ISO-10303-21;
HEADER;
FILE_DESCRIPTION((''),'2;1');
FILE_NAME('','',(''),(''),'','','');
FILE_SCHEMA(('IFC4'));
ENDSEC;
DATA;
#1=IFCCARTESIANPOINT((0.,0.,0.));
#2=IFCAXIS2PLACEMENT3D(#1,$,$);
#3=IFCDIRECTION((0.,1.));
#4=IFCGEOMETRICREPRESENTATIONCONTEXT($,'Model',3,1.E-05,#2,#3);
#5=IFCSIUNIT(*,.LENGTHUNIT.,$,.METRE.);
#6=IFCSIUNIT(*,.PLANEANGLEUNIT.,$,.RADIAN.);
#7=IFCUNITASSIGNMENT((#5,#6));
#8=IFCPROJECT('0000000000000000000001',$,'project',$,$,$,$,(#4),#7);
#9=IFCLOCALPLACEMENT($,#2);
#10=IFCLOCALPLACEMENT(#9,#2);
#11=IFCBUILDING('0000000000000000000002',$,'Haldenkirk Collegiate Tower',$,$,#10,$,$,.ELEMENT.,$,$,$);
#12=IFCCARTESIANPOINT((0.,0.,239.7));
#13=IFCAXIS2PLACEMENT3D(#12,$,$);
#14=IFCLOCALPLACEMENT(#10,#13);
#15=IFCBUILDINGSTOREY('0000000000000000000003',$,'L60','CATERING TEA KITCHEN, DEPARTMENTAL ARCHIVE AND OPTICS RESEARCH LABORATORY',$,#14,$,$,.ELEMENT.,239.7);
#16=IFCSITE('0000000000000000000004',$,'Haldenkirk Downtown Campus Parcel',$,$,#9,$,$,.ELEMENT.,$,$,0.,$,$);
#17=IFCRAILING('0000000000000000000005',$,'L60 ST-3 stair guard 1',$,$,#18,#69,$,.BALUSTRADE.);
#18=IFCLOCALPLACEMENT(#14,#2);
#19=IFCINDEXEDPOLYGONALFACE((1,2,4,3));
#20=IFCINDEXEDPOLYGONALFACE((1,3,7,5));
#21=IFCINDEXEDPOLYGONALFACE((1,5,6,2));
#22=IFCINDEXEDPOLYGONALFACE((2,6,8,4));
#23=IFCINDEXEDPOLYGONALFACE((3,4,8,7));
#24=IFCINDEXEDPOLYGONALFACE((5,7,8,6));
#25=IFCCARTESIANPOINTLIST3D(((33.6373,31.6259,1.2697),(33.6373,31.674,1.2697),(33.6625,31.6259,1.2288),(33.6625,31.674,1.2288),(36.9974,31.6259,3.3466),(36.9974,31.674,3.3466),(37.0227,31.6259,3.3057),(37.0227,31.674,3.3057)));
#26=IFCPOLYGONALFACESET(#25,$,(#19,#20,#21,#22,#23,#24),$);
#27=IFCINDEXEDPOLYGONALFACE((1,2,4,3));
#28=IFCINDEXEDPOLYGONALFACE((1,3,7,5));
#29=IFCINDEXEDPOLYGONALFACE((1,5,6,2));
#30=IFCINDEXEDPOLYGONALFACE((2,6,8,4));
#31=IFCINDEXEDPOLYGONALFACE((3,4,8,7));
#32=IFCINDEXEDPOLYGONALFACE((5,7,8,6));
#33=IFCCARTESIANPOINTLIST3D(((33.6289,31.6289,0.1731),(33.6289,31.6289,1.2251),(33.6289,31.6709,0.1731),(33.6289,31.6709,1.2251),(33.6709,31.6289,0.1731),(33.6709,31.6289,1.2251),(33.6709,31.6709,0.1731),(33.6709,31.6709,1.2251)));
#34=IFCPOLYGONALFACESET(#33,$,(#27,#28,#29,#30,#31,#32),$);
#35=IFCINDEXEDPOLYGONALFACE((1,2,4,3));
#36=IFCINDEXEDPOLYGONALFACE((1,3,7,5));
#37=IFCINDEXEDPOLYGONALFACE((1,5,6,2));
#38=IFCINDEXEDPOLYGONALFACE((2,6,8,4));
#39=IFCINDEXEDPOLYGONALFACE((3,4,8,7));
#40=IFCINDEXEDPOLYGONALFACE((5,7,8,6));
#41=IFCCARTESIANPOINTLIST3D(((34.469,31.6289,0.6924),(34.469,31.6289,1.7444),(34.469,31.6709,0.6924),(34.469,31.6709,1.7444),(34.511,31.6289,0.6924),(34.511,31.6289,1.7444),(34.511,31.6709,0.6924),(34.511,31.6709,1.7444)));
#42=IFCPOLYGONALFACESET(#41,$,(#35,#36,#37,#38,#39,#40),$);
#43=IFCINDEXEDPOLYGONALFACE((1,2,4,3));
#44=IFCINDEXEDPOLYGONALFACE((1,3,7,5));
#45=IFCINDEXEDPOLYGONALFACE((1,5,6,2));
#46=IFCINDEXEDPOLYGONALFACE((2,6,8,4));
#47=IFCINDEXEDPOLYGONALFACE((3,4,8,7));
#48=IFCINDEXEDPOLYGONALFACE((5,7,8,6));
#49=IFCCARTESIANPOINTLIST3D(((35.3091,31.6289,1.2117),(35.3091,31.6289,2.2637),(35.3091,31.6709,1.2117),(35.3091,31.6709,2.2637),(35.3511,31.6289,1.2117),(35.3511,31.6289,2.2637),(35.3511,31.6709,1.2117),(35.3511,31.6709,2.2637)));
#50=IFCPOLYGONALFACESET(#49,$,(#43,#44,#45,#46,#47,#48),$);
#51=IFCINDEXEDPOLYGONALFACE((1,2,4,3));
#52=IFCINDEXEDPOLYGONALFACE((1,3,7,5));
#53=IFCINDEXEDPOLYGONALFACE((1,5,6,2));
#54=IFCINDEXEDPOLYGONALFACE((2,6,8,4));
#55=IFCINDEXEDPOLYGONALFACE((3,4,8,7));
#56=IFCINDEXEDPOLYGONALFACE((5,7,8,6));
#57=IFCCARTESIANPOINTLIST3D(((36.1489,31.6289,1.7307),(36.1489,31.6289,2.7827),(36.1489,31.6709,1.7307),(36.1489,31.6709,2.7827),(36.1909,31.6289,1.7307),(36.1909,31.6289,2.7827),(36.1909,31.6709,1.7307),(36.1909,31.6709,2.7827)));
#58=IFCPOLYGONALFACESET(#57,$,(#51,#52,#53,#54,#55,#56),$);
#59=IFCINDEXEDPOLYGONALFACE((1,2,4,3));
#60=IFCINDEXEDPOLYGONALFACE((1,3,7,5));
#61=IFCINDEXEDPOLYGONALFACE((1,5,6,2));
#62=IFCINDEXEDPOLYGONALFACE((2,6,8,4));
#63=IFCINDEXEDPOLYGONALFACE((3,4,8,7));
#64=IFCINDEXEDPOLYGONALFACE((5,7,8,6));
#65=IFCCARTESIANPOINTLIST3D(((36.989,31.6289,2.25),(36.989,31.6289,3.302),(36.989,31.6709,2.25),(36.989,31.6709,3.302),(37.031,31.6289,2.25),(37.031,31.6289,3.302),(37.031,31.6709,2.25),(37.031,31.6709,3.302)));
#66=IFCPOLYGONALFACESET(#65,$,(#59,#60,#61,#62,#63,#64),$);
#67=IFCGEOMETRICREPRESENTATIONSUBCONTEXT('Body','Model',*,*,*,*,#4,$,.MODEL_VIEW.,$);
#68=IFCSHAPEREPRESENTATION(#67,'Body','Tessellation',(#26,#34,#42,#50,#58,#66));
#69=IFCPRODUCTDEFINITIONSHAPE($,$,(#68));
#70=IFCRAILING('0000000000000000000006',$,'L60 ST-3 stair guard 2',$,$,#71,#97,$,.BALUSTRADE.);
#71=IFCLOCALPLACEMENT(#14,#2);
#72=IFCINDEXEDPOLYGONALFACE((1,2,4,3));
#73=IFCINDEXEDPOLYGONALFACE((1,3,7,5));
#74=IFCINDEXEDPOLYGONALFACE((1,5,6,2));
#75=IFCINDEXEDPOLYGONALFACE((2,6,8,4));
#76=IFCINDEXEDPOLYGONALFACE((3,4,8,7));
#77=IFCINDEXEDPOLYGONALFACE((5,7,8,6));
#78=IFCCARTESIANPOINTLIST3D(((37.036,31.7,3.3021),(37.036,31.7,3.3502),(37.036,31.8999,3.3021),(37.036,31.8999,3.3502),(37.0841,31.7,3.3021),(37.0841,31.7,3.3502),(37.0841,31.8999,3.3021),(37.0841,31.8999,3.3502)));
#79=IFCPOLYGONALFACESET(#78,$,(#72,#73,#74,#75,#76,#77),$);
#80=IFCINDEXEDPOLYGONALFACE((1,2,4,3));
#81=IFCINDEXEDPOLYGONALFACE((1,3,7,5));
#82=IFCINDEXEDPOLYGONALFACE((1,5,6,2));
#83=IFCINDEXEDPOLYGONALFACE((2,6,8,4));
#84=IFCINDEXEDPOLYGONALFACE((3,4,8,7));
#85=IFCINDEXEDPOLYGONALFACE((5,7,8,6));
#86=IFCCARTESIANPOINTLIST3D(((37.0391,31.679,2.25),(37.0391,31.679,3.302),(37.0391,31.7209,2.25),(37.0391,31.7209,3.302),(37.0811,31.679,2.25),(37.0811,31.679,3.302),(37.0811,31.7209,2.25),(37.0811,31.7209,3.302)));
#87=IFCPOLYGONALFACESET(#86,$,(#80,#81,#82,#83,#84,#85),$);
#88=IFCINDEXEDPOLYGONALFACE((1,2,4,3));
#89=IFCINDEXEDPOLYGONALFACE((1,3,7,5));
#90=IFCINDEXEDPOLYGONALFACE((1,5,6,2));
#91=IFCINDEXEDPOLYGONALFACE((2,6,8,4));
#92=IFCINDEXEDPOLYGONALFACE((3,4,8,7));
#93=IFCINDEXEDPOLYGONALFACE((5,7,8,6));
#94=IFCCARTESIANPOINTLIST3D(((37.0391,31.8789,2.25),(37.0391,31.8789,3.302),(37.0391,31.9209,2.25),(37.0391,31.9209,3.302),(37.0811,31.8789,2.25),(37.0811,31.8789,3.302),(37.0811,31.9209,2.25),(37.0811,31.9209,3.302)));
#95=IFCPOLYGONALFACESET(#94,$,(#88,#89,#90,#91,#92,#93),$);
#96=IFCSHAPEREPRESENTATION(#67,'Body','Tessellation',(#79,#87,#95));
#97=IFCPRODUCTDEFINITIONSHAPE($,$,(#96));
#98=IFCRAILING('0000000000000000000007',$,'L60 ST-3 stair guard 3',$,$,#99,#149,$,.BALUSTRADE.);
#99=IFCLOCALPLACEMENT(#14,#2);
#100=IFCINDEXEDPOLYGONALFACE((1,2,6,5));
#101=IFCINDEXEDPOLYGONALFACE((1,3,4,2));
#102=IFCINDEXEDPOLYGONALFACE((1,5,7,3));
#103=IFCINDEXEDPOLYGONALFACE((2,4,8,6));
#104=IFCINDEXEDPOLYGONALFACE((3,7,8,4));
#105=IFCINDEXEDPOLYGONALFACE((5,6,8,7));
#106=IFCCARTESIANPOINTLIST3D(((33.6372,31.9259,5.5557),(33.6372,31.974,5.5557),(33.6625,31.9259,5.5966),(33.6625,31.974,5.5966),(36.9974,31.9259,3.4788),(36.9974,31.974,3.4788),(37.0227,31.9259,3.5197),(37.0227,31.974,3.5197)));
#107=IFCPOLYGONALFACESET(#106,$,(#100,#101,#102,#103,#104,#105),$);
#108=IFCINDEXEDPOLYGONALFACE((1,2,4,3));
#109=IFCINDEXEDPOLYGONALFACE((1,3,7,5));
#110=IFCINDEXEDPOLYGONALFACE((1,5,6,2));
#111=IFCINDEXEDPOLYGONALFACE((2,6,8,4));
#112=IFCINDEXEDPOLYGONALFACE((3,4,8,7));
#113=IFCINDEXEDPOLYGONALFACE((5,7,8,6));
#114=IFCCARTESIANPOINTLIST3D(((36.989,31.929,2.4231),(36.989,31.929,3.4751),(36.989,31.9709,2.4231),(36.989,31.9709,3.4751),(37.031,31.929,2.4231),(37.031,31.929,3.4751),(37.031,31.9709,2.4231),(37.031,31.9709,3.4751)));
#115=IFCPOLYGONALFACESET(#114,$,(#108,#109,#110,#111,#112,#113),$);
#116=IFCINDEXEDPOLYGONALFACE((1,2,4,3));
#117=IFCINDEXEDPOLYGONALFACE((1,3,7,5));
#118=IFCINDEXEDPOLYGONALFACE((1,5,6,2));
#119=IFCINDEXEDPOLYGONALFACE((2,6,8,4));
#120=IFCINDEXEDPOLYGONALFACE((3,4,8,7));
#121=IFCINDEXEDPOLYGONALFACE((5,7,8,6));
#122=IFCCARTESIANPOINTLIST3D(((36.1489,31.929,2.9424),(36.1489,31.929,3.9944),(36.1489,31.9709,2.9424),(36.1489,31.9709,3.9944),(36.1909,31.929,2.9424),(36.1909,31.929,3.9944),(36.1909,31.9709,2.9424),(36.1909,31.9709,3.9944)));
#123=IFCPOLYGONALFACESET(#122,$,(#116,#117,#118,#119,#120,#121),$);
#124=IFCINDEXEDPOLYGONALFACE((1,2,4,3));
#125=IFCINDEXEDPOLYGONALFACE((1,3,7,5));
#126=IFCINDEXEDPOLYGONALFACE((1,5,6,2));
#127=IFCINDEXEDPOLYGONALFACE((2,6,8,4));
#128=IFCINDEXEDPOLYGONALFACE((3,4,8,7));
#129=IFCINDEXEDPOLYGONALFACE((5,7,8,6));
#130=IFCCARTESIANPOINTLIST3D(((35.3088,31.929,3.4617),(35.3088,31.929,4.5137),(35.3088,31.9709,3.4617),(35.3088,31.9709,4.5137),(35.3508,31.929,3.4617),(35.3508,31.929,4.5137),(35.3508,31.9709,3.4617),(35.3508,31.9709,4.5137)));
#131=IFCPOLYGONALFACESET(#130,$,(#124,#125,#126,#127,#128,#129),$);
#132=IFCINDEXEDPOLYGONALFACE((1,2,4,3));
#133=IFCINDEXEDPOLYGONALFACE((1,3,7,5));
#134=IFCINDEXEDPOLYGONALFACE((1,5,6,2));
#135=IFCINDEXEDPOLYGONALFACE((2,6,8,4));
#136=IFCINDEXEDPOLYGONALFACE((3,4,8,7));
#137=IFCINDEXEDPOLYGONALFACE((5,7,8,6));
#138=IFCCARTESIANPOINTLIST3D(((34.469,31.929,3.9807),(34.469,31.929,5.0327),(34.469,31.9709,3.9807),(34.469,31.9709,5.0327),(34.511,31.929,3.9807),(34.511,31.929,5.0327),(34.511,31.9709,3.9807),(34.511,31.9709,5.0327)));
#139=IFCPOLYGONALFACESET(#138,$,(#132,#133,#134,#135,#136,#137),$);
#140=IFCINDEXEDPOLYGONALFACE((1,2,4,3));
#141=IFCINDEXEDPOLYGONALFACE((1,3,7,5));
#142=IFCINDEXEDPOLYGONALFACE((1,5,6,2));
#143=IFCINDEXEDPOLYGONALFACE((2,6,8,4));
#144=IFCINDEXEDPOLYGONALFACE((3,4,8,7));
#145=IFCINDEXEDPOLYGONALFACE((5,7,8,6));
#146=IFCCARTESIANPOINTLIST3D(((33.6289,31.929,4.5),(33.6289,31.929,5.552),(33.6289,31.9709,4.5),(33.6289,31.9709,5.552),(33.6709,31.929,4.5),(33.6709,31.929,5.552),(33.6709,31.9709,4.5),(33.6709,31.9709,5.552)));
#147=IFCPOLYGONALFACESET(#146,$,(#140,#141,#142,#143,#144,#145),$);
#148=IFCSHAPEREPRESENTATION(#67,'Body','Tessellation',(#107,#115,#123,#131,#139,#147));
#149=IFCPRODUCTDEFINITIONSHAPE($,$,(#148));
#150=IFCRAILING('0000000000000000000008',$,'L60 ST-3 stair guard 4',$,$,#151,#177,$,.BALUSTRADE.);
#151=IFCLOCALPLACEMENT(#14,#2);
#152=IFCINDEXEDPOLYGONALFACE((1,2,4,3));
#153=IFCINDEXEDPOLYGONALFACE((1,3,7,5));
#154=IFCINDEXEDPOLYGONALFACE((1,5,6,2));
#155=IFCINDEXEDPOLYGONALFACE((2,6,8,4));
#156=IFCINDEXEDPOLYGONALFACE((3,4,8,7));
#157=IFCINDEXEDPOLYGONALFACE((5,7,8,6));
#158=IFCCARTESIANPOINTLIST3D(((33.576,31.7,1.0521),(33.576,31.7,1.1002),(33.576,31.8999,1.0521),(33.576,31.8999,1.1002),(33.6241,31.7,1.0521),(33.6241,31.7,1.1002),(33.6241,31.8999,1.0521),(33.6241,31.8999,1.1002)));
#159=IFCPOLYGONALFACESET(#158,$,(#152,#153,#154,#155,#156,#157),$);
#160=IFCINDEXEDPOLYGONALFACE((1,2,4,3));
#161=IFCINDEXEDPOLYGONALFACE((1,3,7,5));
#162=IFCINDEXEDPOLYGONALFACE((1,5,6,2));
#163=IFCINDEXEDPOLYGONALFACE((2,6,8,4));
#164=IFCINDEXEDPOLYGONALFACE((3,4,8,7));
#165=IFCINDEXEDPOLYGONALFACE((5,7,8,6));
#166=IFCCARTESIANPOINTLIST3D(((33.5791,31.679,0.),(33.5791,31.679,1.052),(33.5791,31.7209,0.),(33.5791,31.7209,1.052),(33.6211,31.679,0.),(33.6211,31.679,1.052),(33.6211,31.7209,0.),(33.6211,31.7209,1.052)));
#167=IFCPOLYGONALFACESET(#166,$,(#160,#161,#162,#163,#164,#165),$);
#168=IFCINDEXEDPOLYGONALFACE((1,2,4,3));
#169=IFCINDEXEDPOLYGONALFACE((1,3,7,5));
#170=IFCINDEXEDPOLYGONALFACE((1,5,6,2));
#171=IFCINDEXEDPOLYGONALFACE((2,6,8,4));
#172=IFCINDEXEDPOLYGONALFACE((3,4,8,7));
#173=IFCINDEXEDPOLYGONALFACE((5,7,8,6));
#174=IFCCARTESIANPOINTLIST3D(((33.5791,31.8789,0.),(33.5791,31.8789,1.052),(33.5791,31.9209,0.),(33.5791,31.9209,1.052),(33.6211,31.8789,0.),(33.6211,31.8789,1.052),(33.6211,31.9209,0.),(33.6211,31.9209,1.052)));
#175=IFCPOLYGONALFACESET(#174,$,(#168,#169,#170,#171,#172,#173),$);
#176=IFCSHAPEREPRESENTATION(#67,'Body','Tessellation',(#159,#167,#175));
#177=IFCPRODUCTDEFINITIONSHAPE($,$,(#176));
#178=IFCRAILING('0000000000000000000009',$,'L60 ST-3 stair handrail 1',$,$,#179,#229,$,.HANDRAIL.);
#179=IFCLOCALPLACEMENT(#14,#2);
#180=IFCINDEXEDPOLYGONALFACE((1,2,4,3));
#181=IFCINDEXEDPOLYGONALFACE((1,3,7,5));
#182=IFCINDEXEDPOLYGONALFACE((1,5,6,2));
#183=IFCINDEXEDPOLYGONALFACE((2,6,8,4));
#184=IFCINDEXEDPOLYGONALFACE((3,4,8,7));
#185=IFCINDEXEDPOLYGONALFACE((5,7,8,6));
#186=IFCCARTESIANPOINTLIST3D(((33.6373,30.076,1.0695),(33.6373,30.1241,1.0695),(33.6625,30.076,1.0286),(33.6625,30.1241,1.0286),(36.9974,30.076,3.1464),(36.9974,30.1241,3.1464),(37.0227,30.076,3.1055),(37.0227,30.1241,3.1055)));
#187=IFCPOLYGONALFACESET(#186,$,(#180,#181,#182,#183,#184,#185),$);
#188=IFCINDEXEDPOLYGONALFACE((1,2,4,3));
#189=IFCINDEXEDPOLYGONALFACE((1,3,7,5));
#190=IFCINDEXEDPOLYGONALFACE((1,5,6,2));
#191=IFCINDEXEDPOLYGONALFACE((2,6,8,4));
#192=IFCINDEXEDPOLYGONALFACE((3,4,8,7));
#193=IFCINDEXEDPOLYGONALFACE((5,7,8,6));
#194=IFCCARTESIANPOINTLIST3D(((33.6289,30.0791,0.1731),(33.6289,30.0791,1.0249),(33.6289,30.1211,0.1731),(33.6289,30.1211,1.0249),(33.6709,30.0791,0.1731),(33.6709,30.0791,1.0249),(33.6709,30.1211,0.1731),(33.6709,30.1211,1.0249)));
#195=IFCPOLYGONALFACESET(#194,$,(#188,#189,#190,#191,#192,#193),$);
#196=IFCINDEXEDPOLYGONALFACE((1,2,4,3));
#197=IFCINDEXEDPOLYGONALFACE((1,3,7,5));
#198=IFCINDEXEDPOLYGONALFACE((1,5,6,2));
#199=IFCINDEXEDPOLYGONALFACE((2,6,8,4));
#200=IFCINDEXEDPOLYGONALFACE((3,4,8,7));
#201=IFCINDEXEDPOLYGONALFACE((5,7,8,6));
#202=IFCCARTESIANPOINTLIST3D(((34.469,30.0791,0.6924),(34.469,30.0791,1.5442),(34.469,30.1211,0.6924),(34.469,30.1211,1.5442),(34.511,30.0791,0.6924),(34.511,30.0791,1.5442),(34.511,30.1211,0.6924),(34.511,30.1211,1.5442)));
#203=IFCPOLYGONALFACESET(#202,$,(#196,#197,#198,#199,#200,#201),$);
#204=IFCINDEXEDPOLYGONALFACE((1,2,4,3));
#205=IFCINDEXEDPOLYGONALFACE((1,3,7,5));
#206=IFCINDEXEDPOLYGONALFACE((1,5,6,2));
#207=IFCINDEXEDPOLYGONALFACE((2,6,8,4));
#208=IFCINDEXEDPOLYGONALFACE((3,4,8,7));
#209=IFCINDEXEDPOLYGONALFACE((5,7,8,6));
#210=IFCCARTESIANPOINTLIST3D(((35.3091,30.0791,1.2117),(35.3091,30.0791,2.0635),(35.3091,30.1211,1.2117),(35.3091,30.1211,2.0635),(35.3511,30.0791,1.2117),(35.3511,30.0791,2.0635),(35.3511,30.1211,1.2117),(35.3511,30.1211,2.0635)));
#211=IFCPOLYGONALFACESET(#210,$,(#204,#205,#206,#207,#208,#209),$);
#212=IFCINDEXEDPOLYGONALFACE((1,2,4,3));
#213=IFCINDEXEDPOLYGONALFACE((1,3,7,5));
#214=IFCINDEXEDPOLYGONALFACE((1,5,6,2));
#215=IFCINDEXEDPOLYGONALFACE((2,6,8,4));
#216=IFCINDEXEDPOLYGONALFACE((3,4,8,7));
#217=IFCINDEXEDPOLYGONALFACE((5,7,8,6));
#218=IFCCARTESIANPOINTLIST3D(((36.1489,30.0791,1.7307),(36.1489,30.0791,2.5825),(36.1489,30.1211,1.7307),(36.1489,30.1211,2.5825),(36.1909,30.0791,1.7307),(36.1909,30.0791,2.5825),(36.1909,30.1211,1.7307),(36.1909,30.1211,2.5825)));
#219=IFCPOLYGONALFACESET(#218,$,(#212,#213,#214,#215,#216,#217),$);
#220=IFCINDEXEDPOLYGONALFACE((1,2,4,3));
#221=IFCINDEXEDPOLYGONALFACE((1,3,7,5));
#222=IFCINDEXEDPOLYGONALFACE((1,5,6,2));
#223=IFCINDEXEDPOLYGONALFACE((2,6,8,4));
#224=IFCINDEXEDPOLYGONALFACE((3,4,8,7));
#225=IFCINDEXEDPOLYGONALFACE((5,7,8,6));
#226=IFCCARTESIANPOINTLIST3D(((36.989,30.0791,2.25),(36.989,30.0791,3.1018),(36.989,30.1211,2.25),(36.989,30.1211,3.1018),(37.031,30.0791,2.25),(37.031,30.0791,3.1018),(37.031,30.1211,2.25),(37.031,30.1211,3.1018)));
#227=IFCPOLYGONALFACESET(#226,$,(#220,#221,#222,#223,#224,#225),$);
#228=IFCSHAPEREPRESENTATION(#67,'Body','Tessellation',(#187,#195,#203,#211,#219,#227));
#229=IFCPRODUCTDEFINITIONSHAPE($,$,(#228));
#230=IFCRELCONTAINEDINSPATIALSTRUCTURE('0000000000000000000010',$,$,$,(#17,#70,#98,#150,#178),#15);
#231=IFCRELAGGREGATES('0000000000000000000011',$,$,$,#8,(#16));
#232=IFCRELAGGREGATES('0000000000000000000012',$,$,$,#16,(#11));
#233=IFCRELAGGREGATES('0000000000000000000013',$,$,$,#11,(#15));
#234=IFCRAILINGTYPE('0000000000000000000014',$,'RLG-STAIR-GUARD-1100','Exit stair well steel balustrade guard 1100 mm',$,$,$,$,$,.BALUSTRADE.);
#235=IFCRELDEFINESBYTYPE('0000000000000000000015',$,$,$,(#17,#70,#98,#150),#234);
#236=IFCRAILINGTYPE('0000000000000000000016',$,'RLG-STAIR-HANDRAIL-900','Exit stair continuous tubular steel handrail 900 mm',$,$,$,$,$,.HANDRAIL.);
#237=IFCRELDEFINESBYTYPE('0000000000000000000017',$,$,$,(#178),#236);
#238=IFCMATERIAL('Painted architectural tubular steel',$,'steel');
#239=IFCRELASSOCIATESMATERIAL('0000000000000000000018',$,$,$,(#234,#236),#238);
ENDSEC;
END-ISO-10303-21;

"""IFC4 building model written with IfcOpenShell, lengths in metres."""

from ifc_helpers import new_model, si_unit, direction, frame, origin, origin_2d, place, context, subcontext, project, spatial, rectangle, extrude, material, type_object, element, save


model = new_model("IFC4")

# Units and contexts
model_context = context("Model", 3, precision=1e-05, world=origin(), true_north=direction((0.0, 1.0)))
body_context = subcontext(model_context, "Body", "Model", "MODEL_VIEW")
ifc_project = project(units=[si_unit("LENGTHUNIT", "METRE"), si_unit("PLANEANGLEUNIT", "RADIAN")], contexts=[model_context])

# Site, building, storey
site_placement = place(None, origin())
site = spatial("IfcSite", under=ifc_project, at=site_placement, Name="Haldenkirk Downtown Campus Parcel", CompositionType="ELEMENT", RefElevation=0.0)
building_placement = place(site_placement, origin())
building = spatial("IfcBuilding", under=site, at=building_placement, Name="Haldenkirk Collegiate Tower", CompositionType="ELEMENT")
storey_placement = place(building_placement, frame((0.0, 0.0, 239.7)))
storey = spatial("IfcBuildingStorey", under=building, at=storey_placement, Name="L60", Description="CATERING TEA KITCHEN, DEPARTMENTAL ARCHIVE AND OPTICS RESEARCH LABORATORY", CompositionType="ELEMENT", Elevation=239.7)

# Railings
ifc_material_1 = material(Name="Painted architectural tubular steel", Category="steel")
railing_type_1 = type_object("IfcRailingType", Name="RLG-STAIR-GUARD-1100", Description="Exit stair well steel balustrade guard 1100 mm", PredefinedType="BALUSTRADE", material=ifc_material_1)
railing_1_placement = place(storey_placement, frame((33.6499, 31.6499, 0.1731)))
element("IfcRailing", 1, at=railing_1_placement, inside=storey, type_object=railing_type_1, Name="L60 ST-3 stair guard 1", PredefinedType="BALUSTRADE", context=body_context, shape_type="SweptSolid", body=[
    extrude(rectangle(XDim=0.0481, YDim=0.0481, at=origin_2d()), frame((0.0, 0.0, 1.0762), z_axis=(0.850623, 0.0, 0.525776), x_axis=(0.0, 1.0, 0.0)), (0.0, 0.0, 1.0), 3.9502),
    extrude(rectangle(XDim=0.042, YDim=0.042, at=origin_2d()), origin(), (0.0, 0.0, 1.0), 1.052),
    extrude(rectangle(XDim=0.042, YDim=0.042, at=origin_2d()), frame((0.8401, 0.0, 0.5193)), (0.0, 0.0, 1.0), 1.052),
    extrude(rectangle(XDim=0.042, YDim=0.042, at=origin_2d()), frame((1.6802, 0.0, 1.0386)), (0.0, 0.0, 1.0), 1.052),
    extrude(rectangle(XDim=0.042, YDim=0.042, at=origin_2d()), frame((2.52, 0.0, 1.5576)), (0.0, 0.0, 1.0), 1.052),
    extrude(rectangle(XDim=0.042, YDim=0.042, at=origin_2d()), frame((3.3601, 0.0, 2.0769)), (0.0, 0.0, 1.0), 1.052),
])
railing_2_placement = place(storey_placement, frame((37.0601, 31.7, 2.25)))
element("IfcRailing", 2, at=railing_2_placement, inside=storey, type_object=railing_type_1, Name="L60 ST-3 stair guard 2", PredefinedType="BALUSTRADE", context=body_context, shape_type="SweptSolid", body=[
    extrude(rectangle(XDim=0.0481, YDim=0.0481, at=origin_2d()), frame((0.0, 0.0, 1.0762), z_axis=(0.0, 1.0, 0.0), x_axis=(-1.0, 0.0, 0.0)), (0.0, 0.0, 1.0), 0.2),
    extrude(rectangle(XDim=0.042, YDim=0.042, at=origin_2d()), origin(), (0.0, 0.0, 1.0), 1.052),
    extrude(rectangle(XDim=0.042, YDim=0.042, at=origin_2d()), frame((0.0, 0.2, 0.0)), (0.0, 0.0, 1.0), 1.052),
])
railing_3_placement = place(storey_placement, frame((37.01, 31.95, 2.4231)))
element("IfcRailing", 3, at=railing_3_placement, inside=storey, type_object=railing_type_1, Name="L60 ST-3 stair guard 3", PredefinedType="BALUSTRADE", context=body_context, shape_type="SweptSolid", body=[
    extrude(rectangle(XDim=0.0481, YDim=0.0481, at=origin_2d()), frame((0.0, 0.0, 1.0762), z_axis=(-0.850623, 0.0, 0.525776), x_axis=(0.0, -1.0, 0.0)), (0.0, 0.0, 1.0), 3.9502),
    extrude(rectangle(XDim=0.042, YDim=0.042, at=origin_2d()), origin(), (0.0, 0.0, 1.0), 1.052),
    extrude(rectangle(XDim=0.042, YDim=0.042, at=origin_2d()), frame((-0.8401, 0.0, 0.5193)), (0.0, 0.0, 1.0), 1.052),
    extrude(rectangle(XDim=0.042, YDim=0.042, at=origin_2d()), frame((-1.6802, 0.0, 1.0386)), (0.0, 0.0, 1.0), 1.052),
    extrude(rectangle(XDim=0.042, YDim=0.042, at=origin_2d()), frame((-2.52, 0.0, 1.5576)), (0.0, 0.0, 1.0), 1.052),
    extrude(rectangle(XDim=0.042, YDim=0.042, at=origin_2d()), frame((-3.3601, 0.0, 2.0769)), (0.0, 0.0, 1.0), 1.052),
])
railing_4_placement = place(storey_placement, frame((33.6001, 31.7, 0.0)))
element("IfcRailing", 4, at=railing_4_placement, inside=storey, type_object=railing_type_1, Name="L60 ST-3 stair guard 4", PredefinedType="BALUSTRADE", context=body_context, shape_type="SweptSolid", body=[
    extrude(rectangle(XDim=0.0481, YDim=0.0481, at=origin_2d()), frame((0.0, 0.0, 1.0762), z_axis=(0.0, 1.0, 0.0), x_axis=(-1.0, 0.0, 0.0)), (0.0, 0.0, 1.0), 0.2),
    extrude(rectangle(XDim=0.042, YDim=0.042, at=origin_2d()), origin(), (0.0, 0.0, 1.0), 1.052),
    extrude(rectangle(XDim=0.042, YDim=0.042, at=origin_2d()), frame((0.0, 0.2, 0.0)), (0.0, 0.0, 1.0), 1.052),
])
railing_type_2 = type_object("IfcRailingType", Name="RLG-STAIR-HANDRAIL-900", Description="Exit stair continuous tubular steel handrail 900 mm", PredefinedType="HANDRAIL", material=ifc_material_1)
railing_5_placement = place(storey_placement, frame((33.6499, 30.1001, 0.1731)))
element("IfcRailing", 5, at=railing_5_placement, inside=storey, type_object=railing_type_2, Name="L60 ST-3 stair handrail 1", PredefinedType="HANDRAIL", context=body_context, shape_type="SweptSolid", body=[
    extrude(rectangle(XDim=0.0481, YDim=0.0481, at=origin_2d()), frame((0.0, 0.0, 0.876), z_axis=(0.850623, 0.0, 0.525776), x_axis=(0.0, 1.0, 0.0)), (0.0, 0.0, 1.0), 3.9502),
    extrude(rectangle(XDim=0.042, YDim=0.042, at=origin_2d()), origin(), (0.0, 0.0, 1.0), 0.8518),
    extrude(rectangle(XDim=0.042, YDim=0.042, at=origin_2d()), frame((0.8401, 0.0, 0.5193)), (0.0, 0.0, 1.0), 0.8518),
    extrude(rectangle(XDim=0.042, YDim=0.042, at=origin_2d()), frame((1.6802, 0.0, 1.0386)), (0.0, 0.0, 1.0), 0.8518),
    extrude(rectangle(XDim=0.042, YDim=0.042, at=origin_2d()), frame((2.52, 0.0, 1.5576)), (0.0, 0.0, 1.0), 0.8518),
    extrude(rectangle(XDim=0.042, YDim=0.042, at=origin_2d()), frame((3.3601, 0.0, 2.0769)), (0.0, 0.0, 1.0), 0.8518),
])

save(model, "model.ifc")
